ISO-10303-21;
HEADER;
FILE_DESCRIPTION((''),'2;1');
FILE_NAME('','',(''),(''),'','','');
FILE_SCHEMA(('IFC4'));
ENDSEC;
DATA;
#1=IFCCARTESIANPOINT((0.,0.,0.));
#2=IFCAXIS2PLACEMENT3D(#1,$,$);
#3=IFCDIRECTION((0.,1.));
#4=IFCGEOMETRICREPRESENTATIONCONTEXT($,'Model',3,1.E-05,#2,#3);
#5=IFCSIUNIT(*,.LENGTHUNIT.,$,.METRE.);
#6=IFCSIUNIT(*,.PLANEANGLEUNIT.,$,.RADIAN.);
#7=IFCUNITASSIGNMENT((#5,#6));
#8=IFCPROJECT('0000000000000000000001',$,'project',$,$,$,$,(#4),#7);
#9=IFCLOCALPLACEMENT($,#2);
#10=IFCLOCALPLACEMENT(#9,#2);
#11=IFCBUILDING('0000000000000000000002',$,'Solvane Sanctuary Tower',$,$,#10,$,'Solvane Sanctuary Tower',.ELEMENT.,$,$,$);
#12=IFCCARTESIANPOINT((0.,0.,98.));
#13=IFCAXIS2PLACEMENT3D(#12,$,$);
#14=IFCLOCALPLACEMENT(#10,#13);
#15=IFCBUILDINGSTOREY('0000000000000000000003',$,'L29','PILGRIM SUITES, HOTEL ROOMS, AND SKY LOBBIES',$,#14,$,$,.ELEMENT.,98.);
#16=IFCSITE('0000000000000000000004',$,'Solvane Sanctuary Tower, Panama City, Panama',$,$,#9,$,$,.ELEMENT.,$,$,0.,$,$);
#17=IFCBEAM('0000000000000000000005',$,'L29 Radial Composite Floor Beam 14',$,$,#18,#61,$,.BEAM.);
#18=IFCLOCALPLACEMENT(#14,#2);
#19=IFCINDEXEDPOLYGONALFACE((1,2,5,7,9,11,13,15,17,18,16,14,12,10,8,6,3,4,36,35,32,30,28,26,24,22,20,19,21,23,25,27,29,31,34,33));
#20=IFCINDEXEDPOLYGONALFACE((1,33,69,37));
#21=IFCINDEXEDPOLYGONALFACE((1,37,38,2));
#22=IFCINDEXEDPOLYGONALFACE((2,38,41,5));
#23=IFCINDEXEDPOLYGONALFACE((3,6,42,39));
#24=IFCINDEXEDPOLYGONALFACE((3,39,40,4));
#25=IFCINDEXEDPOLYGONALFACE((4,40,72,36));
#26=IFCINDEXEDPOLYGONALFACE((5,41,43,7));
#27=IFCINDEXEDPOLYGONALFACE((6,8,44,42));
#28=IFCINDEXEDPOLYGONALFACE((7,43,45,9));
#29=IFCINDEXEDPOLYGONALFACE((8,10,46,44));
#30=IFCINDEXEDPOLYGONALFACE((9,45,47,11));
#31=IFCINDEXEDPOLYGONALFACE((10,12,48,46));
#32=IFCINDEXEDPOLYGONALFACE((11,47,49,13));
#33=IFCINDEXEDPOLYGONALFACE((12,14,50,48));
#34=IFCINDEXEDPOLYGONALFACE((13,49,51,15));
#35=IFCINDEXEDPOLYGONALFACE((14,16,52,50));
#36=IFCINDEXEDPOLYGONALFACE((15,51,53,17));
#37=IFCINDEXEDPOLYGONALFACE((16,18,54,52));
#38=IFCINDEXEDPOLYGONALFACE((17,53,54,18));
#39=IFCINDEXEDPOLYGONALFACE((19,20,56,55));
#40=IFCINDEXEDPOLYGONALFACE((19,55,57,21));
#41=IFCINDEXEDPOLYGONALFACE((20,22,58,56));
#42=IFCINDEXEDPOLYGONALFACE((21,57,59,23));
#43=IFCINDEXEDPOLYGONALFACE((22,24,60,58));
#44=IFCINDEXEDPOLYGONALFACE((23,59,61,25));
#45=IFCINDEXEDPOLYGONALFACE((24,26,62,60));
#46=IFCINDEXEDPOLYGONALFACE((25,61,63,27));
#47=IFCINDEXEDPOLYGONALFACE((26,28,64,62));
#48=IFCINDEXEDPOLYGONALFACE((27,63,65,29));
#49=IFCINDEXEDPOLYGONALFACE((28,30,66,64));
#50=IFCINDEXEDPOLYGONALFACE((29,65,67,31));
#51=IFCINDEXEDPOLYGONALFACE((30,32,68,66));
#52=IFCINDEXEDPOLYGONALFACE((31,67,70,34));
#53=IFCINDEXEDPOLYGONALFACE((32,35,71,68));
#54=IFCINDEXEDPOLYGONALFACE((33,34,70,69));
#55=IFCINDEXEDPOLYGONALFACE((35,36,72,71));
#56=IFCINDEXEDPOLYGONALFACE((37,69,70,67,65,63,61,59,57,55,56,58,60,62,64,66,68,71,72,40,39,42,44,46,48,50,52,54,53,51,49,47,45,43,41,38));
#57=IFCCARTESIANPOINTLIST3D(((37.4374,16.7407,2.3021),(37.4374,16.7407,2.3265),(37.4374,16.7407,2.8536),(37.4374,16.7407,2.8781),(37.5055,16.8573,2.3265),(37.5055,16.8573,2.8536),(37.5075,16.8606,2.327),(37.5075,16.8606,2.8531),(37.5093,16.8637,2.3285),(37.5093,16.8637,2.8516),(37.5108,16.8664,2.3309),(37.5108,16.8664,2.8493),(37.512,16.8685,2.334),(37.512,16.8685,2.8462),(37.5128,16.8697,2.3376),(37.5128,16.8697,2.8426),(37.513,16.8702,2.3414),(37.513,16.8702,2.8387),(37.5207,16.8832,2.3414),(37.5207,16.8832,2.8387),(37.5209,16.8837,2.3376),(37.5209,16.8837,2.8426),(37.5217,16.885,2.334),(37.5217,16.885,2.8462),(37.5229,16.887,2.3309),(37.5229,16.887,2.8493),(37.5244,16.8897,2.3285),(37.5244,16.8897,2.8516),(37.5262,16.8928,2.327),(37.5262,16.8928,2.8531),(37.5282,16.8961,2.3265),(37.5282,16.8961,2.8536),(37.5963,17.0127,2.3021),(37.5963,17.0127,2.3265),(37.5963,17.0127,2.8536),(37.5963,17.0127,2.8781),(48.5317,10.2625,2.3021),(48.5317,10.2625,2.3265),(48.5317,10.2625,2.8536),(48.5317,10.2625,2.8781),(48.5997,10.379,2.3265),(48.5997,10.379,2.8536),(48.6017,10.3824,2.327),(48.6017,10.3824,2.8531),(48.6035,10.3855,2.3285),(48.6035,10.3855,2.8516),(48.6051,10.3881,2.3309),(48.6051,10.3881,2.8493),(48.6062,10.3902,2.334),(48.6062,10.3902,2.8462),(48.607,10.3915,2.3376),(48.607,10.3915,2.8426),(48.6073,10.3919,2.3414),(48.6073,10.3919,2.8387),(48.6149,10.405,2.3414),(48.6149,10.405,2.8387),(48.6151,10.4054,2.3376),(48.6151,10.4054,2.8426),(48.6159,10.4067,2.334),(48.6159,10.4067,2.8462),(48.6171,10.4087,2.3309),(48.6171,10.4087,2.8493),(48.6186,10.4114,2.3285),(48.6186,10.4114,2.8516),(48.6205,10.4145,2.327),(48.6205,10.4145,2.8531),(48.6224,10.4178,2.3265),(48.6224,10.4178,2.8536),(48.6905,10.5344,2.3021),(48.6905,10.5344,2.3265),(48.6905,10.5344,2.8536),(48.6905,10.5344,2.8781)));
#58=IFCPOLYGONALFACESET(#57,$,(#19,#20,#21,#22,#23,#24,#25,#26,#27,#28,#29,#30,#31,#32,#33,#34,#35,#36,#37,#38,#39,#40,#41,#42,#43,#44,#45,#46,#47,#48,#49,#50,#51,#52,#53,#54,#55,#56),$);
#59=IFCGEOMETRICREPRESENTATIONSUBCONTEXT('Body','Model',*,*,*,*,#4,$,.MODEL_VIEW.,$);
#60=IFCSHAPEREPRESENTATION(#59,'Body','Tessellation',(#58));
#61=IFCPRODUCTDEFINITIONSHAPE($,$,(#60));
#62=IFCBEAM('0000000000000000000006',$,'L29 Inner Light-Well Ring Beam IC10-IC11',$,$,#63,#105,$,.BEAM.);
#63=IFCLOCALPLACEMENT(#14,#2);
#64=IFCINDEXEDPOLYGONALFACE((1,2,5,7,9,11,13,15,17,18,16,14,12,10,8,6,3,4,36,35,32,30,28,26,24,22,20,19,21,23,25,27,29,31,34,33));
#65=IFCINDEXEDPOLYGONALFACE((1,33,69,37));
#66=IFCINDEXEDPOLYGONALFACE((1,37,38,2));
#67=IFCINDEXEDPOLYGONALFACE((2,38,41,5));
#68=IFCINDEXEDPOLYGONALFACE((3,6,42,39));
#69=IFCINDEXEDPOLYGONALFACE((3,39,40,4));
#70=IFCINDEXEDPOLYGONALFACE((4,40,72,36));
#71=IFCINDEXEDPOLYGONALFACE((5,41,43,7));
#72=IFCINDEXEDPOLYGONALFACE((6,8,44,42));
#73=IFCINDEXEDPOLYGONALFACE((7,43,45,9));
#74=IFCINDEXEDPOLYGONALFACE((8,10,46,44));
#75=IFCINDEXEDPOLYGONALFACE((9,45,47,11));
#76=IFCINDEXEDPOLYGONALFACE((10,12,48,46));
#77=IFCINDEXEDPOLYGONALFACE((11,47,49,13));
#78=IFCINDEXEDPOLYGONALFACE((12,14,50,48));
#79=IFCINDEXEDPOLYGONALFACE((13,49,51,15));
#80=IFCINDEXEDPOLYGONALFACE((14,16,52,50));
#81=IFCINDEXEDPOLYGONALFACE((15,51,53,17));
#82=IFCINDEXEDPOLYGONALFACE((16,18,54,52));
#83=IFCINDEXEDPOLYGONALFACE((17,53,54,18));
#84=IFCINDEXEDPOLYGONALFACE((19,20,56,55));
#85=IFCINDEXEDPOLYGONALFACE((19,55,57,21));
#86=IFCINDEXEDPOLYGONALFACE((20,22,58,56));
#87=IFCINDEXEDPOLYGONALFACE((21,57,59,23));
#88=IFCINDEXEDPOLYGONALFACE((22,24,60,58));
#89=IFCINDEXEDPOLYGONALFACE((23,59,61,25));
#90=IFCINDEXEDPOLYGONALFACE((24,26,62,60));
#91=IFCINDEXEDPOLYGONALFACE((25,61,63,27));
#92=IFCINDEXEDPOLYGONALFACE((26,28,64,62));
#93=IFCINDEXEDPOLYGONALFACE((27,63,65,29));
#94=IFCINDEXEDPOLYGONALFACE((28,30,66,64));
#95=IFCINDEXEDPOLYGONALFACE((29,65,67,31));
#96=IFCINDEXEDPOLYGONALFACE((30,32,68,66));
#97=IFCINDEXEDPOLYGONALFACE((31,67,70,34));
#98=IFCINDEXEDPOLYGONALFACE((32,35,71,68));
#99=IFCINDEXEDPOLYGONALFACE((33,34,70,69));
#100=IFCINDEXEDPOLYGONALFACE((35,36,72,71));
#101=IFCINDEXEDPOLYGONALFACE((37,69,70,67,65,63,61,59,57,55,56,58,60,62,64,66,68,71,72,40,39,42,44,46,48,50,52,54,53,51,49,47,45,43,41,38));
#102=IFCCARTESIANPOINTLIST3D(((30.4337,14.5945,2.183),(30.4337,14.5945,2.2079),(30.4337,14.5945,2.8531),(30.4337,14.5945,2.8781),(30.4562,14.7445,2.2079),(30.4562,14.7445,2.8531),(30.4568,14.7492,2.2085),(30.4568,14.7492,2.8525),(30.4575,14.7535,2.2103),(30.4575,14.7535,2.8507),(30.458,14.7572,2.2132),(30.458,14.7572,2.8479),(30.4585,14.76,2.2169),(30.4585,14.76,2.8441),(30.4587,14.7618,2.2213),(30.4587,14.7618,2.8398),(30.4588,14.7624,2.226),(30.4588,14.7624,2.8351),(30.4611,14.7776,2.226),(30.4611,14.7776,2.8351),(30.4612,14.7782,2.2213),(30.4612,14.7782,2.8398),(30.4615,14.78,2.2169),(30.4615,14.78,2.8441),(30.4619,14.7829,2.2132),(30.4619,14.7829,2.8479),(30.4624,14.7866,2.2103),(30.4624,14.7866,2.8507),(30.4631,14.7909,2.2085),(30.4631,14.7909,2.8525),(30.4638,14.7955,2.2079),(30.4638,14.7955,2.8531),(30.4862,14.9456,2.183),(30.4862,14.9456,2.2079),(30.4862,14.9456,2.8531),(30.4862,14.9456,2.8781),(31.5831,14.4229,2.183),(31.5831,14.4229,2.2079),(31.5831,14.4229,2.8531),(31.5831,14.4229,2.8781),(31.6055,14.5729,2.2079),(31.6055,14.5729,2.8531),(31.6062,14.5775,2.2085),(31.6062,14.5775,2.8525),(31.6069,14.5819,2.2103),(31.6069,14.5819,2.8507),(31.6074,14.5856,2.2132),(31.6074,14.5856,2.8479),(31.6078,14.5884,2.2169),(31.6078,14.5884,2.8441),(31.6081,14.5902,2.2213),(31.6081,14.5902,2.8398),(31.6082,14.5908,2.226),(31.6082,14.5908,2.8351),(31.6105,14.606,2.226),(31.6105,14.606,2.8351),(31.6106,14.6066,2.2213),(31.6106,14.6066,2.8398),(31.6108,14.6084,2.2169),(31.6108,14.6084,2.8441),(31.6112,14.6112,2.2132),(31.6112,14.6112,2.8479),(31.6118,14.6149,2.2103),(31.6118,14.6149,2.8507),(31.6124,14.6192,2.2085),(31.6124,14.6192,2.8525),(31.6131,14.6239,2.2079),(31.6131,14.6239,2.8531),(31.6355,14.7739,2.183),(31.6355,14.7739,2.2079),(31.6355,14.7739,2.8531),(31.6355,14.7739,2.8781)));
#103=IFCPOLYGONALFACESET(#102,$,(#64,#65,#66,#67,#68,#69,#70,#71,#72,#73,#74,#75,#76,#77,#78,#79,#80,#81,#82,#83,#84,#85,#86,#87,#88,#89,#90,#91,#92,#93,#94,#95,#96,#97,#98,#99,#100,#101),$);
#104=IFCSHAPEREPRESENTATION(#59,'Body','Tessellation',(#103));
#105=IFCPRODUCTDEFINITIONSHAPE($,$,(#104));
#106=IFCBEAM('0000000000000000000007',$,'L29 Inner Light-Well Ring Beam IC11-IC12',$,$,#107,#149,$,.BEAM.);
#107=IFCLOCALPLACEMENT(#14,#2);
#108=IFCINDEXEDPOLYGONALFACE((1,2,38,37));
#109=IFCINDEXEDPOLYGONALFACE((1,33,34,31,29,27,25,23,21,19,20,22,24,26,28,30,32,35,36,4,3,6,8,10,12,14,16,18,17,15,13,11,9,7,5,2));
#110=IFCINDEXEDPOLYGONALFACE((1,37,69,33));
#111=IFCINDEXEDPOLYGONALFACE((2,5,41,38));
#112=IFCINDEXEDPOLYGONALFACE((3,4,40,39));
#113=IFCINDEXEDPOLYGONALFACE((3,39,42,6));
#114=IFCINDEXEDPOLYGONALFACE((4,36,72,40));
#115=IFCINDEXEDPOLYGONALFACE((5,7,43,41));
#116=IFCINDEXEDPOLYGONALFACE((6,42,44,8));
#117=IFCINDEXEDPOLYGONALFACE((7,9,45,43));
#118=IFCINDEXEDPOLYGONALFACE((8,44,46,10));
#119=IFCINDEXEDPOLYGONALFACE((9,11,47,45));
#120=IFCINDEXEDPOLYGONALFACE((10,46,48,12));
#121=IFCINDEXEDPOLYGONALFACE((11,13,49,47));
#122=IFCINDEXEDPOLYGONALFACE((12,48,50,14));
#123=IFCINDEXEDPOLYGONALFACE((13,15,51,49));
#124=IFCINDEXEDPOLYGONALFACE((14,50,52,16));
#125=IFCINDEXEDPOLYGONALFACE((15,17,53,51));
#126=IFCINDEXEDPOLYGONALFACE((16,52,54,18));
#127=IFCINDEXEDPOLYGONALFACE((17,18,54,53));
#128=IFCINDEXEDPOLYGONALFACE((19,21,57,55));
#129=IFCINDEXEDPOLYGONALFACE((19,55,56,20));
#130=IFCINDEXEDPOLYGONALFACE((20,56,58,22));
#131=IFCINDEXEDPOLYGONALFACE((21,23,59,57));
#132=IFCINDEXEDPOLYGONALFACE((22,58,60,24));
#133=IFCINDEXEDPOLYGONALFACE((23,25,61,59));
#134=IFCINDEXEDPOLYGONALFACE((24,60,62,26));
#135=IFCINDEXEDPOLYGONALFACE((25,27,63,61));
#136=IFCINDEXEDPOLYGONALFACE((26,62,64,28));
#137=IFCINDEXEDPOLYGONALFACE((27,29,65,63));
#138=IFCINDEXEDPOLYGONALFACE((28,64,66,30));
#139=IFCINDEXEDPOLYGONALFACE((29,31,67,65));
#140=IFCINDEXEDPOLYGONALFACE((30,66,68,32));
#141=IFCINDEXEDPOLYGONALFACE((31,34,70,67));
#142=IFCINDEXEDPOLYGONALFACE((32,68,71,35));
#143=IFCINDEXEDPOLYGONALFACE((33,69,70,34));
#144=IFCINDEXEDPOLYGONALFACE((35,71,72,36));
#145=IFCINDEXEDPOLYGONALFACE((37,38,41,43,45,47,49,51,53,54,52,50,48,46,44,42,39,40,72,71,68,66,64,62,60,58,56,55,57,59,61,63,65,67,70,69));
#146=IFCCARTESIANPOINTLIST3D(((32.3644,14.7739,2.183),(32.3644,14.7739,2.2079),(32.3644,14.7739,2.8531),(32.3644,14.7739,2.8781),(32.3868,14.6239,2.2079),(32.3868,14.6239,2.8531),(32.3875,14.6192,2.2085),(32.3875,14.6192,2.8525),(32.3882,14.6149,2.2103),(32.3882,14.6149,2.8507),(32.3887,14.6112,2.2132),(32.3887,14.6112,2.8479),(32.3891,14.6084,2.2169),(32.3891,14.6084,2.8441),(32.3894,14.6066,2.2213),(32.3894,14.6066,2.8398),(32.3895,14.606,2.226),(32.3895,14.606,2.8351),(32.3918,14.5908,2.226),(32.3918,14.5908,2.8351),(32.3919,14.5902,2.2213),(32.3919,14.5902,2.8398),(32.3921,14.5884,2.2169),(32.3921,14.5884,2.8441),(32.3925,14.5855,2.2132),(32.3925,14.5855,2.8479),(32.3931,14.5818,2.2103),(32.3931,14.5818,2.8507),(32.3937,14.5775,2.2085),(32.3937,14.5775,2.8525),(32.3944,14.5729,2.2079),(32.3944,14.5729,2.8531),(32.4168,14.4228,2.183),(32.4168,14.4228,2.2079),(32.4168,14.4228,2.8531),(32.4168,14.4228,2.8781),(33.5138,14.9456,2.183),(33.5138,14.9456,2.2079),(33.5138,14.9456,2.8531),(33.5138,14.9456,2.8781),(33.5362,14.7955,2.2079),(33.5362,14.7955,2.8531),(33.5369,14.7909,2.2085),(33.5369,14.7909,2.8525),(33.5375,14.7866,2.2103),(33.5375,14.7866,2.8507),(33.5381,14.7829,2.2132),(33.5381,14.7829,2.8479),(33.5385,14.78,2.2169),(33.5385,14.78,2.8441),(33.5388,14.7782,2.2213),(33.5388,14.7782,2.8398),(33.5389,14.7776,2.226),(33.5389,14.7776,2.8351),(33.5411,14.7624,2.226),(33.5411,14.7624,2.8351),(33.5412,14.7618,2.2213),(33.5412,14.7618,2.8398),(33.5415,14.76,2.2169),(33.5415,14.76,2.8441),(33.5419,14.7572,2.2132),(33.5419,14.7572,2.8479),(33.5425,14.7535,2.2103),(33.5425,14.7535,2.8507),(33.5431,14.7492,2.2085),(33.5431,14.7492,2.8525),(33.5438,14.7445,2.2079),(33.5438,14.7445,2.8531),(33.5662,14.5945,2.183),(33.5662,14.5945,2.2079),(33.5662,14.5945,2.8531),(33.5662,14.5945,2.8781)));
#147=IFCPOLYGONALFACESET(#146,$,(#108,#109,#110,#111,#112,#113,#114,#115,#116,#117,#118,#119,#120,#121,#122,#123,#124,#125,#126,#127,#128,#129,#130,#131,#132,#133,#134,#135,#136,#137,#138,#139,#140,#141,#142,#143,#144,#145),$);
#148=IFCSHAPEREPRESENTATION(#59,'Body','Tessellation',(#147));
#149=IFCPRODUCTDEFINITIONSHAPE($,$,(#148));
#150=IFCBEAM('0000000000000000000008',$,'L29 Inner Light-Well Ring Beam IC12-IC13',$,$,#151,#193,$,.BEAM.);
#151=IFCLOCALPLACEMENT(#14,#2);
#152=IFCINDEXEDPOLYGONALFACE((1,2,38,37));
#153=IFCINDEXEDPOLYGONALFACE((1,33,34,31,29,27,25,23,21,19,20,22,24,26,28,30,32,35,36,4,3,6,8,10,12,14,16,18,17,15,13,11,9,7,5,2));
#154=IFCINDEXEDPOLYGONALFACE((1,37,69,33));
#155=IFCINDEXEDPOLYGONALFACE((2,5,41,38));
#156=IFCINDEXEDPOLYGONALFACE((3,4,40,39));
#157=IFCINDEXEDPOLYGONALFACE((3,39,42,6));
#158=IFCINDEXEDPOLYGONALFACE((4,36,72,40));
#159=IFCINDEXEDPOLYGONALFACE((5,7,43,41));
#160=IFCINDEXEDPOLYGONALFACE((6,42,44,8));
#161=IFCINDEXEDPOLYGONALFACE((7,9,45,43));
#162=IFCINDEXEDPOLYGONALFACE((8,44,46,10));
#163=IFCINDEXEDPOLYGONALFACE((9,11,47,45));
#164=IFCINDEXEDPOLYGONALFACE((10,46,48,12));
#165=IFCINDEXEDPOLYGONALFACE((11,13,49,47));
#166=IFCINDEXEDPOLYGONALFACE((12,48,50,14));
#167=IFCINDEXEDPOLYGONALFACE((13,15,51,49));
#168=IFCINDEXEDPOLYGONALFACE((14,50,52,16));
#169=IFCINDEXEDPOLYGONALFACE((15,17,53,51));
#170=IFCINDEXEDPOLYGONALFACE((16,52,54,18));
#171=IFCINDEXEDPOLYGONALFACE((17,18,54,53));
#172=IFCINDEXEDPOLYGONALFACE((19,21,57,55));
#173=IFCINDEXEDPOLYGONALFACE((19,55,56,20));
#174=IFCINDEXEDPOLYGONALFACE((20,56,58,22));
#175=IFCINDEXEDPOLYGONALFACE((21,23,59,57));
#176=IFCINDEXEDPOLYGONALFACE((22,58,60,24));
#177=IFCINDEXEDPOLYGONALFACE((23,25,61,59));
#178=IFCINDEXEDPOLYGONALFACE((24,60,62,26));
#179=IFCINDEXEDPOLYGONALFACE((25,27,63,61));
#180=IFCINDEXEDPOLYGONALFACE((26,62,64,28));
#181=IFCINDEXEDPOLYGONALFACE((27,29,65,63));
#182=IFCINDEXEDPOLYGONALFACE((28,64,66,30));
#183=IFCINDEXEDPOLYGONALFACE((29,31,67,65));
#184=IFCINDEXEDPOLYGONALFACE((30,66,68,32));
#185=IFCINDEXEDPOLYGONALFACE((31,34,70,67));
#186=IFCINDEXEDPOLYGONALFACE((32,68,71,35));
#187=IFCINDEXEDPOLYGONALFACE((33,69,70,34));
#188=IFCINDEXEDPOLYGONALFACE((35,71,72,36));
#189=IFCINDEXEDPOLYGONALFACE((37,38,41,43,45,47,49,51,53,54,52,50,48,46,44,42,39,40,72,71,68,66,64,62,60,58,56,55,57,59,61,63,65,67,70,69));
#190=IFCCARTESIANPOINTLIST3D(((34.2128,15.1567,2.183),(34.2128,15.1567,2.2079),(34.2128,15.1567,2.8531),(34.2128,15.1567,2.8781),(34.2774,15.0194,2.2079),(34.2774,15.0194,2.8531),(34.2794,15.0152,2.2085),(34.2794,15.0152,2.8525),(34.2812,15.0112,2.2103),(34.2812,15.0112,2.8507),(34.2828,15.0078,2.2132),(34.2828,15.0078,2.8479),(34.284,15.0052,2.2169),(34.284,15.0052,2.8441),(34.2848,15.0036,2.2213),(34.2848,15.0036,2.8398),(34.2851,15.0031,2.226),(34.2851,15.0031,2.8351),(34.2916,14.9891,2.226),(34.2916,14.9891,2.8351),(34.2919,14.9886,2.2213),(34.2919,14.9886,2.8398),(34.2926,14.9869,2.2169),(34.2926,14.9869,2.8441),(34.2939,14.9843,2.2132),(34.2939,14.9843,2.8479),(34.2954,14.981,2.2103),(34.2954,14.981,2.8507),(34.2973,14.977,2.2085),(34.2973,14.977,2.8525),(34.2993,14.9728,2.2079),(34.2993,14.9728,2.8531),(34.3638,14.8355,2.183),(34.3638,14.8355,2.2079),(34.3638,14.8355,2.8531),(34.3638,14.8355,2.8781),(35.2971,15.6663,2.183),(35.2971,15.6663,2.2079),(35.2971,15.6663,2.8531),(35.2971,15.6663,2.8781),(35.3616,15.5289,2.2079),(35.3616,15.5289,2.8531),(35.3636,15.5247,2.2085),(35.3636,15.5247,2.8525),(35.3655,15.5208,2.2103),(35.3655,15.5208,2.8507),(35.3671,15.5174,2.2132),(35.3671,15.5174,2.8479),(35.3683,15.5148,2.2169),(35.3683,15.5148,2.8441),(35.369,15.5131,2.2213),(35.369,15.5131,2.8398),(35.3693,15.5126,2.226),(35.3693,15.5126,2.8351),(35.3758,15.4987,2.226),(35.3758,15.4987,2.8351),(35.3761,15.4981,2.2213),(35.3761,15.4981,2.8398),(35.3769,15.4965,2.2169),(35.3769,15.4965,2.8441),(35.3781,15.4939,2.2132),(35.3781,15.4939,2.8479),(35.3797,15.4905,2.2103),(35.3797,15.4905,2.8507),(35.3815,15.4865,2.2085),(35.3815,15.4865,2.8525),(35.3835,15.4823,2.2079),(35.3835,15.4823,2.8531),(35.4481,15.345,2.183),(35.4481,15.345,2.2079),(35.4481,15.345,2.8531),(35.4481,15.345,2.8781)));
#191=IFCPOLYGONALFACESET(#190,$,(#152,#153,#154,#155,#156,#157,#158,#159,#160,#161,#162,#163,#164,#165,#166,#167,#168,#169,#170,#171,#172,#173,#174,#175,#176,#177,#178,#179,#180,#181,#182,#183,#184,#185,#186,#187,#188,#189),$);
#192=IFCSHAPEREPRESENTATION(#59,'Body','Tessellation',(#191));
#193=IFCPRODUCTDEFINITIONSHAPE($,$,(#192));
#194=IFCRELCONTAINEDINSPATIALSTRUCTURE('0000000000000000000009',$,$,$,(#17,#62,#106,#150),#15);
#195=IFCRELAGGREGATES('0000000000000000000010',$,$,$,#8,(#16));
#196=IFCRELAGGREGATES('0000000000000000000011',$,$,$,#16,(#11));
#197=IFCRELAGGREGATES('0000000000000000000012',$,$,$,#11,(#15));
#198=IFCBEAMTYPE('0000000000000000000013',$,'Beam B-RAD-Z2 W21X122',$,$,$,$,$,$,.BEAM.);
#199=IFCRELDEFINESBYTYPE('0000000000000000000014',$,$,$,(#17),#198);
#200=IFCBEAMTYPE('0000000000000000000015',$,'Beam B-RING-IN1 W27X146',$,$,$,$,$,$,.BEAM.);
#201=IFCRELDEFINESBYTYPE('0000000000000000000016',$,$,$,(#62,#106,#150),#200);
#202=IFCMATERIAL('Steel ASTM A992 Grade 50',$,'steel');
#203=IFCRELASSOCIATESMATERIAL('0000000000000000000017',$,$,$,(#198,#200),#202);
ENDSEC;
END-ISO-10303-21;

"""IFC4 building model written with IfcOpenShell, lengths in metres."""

from ifc_helpers import new_model, si_unit, direction, frame, origin, origin_2d, place, context, subcontext, project, spatial, i_section, extrude, material, material_profile, profile_set, type_object, element, save


model = new_model("IFC4")

# Units and contexts
model_context = context("Model", 3, precision=1e-05, world=origin(), true_north=direction((0.0, 1.0)))
body_context = subcontext(model_context, "Body", "Model", "MODEL_VIEW")
ifc_project = project(units=[si_unit("LENGTHUNIT", "METRE"), si_unit("PLANEANGLEUNIT", "RADIAN")], contexts=[model_context])

# Site, building, storey
site_placement = place(None, origin())
site = spatial("IfcSite", under=ifc_project, at=site_placement, Name="Solvane Sanctuary Tower, Panama City, Panama", CompositionType="ELEMENT", RefElevation=0.0)
building_placement = place(site_placement, origin())
building = spatial("IfcBuilding", under=site, at=building_placement, Name="Solvane Sanctuary Tower", LongName="Solvane Sanctuary Tower", CompositionType="ELEMENT")
storey_placement = place(building_placement, frame((0.0, 0.0, 98.0)))
storey = spatial("IfcBuildingStorey", under=building, at=storey_placement, Name="L29", Description="PILGRIM SUITES, HOTEL ROOMS, AND SKY LOBBIES", CompositionType="ELEMENT", Elevation=98.0)

# Beams
ifc_material_1 = material(Name="Steel ASTM A992 Grade 50", Category="steel")
ifc_material_profile_1 = material_profile(ifc_material_1, i_section(OverallWidth=0.3149, OverallDepth=0.5759, WebThickness=0.0151, FlangeThickness=0.0244, FilletRadius=0.0149, at=origin_2d()), Name="W21X122")
ifc_profile_set_1 = profile_set([ifc_material_profile_1], Name="Steel ASTM A992 Grade 50")
beam_type_1 = type_object("IfcBeamType", Name="Beam B-RAD-Z2 W21X122", PredefinedType="BEAM", material=ifc_profile_set_1)
beam_1_placement = place(storey_placement, frame((37.5168, 16.8767, 2.5901), z_axis=(0.863554, -0.504256, 0.0), x_axis=(0.504256, 0.863554, 0.0)))
element("IfcBeam", 1, at=beam_1_placement, inside=storey, type_object=beam_type_1, Name="L29 Radial Composite Floor Beam 14", PredefinedType="BEAM", context=body_context, shape_type="SweptSolid", body=[
    extrude(i_section(OverallWidth=0.3149, OverallDepth=0.5759, WebThickness=0.0151, FlangeThickness=0.0244, FilletRadius=0.0149, at=origin_2d()), origin(), (0.0, 0.0, 1.0), 12.8472),
])
ifc_material_profile_2 = material_profile(ifc_material_1, i_section(OverallWidth=0.355, OverallDepth=0.6951, WebThickness=0.0154, FlangeThickness=0.0249, FilletRadius=0.0181, at=origin_2d()), Name="W27X146")
ifc_profile_set_2 = profile_set([ifc_material_profile_2], Name="Steel ASTM A992 Grade 50")
beam_type_2 = type_object("IfcBeamType", Name="Beam B-RING-IN1 W27X146", PredefinedType="BEAM", material=ifc_profile_set_2)
for number, where, z_axis, x_axis, name in (
    (2, (30.46, 14.77, 2.5305), (0.989035, -0.147683, 0.0), (0.147683, 0.989035, 0.0), "L29 Inner Light-Well Ring Beam IC10-IC11"),
    (3, (32.3906, 14.5984, 2.5305), (0.989035, 0.147683, 0.0), (-0.147683, 0.989035, 0.0), "L29 Inner Light-Well Ring Beam IC11-IC12"),
):
    element("IfcBeam", number, at=place(storey_placement, frame(where, z_axis=z_axis, x_axis=x_axis)), inside=storey, type_object=beam_type_2, Name=name, PredefinedType="BEAM", context=body_context, shape_type="SweptSolid", body=[
        extrude(i_section(OverallWidth=0.355, OverallDepth=0.6951, WebThickness=0.0154, FlangeThickness=0.0249, FilletRadius=0.0181, at=origin_2d()), origin(), (0.0, 0.0, 1.0), 1.1621),
    ])
beam_2_placement = place(storey_placement, frame((34.2883, 14.9961, 2.5305), z_axis=(0.905045, 0.425316, 0.0), x_axis=(-0.425316, 0.905045, 0.0)))
element("IfcBeam", 4, at=beam_2_placement, inside=storey, type_object=beam_type_2, Name="L29 Inner Light-Well Ring Beam IC12-IC13", PredefinedType="BEAM", context=body_context, shape_type="SweptSolid", body=[
    extrude(i_section(OverallWidth=0.355, OverallDepth=0.6951, WebThickness=0.0154, FlangeThickness=0.0249, FilletRadius=0.0181, at=origin_2d()), origin(), (0.0, 0.0, 1.0), 1.198),
])

save(model, "model.ifc")
